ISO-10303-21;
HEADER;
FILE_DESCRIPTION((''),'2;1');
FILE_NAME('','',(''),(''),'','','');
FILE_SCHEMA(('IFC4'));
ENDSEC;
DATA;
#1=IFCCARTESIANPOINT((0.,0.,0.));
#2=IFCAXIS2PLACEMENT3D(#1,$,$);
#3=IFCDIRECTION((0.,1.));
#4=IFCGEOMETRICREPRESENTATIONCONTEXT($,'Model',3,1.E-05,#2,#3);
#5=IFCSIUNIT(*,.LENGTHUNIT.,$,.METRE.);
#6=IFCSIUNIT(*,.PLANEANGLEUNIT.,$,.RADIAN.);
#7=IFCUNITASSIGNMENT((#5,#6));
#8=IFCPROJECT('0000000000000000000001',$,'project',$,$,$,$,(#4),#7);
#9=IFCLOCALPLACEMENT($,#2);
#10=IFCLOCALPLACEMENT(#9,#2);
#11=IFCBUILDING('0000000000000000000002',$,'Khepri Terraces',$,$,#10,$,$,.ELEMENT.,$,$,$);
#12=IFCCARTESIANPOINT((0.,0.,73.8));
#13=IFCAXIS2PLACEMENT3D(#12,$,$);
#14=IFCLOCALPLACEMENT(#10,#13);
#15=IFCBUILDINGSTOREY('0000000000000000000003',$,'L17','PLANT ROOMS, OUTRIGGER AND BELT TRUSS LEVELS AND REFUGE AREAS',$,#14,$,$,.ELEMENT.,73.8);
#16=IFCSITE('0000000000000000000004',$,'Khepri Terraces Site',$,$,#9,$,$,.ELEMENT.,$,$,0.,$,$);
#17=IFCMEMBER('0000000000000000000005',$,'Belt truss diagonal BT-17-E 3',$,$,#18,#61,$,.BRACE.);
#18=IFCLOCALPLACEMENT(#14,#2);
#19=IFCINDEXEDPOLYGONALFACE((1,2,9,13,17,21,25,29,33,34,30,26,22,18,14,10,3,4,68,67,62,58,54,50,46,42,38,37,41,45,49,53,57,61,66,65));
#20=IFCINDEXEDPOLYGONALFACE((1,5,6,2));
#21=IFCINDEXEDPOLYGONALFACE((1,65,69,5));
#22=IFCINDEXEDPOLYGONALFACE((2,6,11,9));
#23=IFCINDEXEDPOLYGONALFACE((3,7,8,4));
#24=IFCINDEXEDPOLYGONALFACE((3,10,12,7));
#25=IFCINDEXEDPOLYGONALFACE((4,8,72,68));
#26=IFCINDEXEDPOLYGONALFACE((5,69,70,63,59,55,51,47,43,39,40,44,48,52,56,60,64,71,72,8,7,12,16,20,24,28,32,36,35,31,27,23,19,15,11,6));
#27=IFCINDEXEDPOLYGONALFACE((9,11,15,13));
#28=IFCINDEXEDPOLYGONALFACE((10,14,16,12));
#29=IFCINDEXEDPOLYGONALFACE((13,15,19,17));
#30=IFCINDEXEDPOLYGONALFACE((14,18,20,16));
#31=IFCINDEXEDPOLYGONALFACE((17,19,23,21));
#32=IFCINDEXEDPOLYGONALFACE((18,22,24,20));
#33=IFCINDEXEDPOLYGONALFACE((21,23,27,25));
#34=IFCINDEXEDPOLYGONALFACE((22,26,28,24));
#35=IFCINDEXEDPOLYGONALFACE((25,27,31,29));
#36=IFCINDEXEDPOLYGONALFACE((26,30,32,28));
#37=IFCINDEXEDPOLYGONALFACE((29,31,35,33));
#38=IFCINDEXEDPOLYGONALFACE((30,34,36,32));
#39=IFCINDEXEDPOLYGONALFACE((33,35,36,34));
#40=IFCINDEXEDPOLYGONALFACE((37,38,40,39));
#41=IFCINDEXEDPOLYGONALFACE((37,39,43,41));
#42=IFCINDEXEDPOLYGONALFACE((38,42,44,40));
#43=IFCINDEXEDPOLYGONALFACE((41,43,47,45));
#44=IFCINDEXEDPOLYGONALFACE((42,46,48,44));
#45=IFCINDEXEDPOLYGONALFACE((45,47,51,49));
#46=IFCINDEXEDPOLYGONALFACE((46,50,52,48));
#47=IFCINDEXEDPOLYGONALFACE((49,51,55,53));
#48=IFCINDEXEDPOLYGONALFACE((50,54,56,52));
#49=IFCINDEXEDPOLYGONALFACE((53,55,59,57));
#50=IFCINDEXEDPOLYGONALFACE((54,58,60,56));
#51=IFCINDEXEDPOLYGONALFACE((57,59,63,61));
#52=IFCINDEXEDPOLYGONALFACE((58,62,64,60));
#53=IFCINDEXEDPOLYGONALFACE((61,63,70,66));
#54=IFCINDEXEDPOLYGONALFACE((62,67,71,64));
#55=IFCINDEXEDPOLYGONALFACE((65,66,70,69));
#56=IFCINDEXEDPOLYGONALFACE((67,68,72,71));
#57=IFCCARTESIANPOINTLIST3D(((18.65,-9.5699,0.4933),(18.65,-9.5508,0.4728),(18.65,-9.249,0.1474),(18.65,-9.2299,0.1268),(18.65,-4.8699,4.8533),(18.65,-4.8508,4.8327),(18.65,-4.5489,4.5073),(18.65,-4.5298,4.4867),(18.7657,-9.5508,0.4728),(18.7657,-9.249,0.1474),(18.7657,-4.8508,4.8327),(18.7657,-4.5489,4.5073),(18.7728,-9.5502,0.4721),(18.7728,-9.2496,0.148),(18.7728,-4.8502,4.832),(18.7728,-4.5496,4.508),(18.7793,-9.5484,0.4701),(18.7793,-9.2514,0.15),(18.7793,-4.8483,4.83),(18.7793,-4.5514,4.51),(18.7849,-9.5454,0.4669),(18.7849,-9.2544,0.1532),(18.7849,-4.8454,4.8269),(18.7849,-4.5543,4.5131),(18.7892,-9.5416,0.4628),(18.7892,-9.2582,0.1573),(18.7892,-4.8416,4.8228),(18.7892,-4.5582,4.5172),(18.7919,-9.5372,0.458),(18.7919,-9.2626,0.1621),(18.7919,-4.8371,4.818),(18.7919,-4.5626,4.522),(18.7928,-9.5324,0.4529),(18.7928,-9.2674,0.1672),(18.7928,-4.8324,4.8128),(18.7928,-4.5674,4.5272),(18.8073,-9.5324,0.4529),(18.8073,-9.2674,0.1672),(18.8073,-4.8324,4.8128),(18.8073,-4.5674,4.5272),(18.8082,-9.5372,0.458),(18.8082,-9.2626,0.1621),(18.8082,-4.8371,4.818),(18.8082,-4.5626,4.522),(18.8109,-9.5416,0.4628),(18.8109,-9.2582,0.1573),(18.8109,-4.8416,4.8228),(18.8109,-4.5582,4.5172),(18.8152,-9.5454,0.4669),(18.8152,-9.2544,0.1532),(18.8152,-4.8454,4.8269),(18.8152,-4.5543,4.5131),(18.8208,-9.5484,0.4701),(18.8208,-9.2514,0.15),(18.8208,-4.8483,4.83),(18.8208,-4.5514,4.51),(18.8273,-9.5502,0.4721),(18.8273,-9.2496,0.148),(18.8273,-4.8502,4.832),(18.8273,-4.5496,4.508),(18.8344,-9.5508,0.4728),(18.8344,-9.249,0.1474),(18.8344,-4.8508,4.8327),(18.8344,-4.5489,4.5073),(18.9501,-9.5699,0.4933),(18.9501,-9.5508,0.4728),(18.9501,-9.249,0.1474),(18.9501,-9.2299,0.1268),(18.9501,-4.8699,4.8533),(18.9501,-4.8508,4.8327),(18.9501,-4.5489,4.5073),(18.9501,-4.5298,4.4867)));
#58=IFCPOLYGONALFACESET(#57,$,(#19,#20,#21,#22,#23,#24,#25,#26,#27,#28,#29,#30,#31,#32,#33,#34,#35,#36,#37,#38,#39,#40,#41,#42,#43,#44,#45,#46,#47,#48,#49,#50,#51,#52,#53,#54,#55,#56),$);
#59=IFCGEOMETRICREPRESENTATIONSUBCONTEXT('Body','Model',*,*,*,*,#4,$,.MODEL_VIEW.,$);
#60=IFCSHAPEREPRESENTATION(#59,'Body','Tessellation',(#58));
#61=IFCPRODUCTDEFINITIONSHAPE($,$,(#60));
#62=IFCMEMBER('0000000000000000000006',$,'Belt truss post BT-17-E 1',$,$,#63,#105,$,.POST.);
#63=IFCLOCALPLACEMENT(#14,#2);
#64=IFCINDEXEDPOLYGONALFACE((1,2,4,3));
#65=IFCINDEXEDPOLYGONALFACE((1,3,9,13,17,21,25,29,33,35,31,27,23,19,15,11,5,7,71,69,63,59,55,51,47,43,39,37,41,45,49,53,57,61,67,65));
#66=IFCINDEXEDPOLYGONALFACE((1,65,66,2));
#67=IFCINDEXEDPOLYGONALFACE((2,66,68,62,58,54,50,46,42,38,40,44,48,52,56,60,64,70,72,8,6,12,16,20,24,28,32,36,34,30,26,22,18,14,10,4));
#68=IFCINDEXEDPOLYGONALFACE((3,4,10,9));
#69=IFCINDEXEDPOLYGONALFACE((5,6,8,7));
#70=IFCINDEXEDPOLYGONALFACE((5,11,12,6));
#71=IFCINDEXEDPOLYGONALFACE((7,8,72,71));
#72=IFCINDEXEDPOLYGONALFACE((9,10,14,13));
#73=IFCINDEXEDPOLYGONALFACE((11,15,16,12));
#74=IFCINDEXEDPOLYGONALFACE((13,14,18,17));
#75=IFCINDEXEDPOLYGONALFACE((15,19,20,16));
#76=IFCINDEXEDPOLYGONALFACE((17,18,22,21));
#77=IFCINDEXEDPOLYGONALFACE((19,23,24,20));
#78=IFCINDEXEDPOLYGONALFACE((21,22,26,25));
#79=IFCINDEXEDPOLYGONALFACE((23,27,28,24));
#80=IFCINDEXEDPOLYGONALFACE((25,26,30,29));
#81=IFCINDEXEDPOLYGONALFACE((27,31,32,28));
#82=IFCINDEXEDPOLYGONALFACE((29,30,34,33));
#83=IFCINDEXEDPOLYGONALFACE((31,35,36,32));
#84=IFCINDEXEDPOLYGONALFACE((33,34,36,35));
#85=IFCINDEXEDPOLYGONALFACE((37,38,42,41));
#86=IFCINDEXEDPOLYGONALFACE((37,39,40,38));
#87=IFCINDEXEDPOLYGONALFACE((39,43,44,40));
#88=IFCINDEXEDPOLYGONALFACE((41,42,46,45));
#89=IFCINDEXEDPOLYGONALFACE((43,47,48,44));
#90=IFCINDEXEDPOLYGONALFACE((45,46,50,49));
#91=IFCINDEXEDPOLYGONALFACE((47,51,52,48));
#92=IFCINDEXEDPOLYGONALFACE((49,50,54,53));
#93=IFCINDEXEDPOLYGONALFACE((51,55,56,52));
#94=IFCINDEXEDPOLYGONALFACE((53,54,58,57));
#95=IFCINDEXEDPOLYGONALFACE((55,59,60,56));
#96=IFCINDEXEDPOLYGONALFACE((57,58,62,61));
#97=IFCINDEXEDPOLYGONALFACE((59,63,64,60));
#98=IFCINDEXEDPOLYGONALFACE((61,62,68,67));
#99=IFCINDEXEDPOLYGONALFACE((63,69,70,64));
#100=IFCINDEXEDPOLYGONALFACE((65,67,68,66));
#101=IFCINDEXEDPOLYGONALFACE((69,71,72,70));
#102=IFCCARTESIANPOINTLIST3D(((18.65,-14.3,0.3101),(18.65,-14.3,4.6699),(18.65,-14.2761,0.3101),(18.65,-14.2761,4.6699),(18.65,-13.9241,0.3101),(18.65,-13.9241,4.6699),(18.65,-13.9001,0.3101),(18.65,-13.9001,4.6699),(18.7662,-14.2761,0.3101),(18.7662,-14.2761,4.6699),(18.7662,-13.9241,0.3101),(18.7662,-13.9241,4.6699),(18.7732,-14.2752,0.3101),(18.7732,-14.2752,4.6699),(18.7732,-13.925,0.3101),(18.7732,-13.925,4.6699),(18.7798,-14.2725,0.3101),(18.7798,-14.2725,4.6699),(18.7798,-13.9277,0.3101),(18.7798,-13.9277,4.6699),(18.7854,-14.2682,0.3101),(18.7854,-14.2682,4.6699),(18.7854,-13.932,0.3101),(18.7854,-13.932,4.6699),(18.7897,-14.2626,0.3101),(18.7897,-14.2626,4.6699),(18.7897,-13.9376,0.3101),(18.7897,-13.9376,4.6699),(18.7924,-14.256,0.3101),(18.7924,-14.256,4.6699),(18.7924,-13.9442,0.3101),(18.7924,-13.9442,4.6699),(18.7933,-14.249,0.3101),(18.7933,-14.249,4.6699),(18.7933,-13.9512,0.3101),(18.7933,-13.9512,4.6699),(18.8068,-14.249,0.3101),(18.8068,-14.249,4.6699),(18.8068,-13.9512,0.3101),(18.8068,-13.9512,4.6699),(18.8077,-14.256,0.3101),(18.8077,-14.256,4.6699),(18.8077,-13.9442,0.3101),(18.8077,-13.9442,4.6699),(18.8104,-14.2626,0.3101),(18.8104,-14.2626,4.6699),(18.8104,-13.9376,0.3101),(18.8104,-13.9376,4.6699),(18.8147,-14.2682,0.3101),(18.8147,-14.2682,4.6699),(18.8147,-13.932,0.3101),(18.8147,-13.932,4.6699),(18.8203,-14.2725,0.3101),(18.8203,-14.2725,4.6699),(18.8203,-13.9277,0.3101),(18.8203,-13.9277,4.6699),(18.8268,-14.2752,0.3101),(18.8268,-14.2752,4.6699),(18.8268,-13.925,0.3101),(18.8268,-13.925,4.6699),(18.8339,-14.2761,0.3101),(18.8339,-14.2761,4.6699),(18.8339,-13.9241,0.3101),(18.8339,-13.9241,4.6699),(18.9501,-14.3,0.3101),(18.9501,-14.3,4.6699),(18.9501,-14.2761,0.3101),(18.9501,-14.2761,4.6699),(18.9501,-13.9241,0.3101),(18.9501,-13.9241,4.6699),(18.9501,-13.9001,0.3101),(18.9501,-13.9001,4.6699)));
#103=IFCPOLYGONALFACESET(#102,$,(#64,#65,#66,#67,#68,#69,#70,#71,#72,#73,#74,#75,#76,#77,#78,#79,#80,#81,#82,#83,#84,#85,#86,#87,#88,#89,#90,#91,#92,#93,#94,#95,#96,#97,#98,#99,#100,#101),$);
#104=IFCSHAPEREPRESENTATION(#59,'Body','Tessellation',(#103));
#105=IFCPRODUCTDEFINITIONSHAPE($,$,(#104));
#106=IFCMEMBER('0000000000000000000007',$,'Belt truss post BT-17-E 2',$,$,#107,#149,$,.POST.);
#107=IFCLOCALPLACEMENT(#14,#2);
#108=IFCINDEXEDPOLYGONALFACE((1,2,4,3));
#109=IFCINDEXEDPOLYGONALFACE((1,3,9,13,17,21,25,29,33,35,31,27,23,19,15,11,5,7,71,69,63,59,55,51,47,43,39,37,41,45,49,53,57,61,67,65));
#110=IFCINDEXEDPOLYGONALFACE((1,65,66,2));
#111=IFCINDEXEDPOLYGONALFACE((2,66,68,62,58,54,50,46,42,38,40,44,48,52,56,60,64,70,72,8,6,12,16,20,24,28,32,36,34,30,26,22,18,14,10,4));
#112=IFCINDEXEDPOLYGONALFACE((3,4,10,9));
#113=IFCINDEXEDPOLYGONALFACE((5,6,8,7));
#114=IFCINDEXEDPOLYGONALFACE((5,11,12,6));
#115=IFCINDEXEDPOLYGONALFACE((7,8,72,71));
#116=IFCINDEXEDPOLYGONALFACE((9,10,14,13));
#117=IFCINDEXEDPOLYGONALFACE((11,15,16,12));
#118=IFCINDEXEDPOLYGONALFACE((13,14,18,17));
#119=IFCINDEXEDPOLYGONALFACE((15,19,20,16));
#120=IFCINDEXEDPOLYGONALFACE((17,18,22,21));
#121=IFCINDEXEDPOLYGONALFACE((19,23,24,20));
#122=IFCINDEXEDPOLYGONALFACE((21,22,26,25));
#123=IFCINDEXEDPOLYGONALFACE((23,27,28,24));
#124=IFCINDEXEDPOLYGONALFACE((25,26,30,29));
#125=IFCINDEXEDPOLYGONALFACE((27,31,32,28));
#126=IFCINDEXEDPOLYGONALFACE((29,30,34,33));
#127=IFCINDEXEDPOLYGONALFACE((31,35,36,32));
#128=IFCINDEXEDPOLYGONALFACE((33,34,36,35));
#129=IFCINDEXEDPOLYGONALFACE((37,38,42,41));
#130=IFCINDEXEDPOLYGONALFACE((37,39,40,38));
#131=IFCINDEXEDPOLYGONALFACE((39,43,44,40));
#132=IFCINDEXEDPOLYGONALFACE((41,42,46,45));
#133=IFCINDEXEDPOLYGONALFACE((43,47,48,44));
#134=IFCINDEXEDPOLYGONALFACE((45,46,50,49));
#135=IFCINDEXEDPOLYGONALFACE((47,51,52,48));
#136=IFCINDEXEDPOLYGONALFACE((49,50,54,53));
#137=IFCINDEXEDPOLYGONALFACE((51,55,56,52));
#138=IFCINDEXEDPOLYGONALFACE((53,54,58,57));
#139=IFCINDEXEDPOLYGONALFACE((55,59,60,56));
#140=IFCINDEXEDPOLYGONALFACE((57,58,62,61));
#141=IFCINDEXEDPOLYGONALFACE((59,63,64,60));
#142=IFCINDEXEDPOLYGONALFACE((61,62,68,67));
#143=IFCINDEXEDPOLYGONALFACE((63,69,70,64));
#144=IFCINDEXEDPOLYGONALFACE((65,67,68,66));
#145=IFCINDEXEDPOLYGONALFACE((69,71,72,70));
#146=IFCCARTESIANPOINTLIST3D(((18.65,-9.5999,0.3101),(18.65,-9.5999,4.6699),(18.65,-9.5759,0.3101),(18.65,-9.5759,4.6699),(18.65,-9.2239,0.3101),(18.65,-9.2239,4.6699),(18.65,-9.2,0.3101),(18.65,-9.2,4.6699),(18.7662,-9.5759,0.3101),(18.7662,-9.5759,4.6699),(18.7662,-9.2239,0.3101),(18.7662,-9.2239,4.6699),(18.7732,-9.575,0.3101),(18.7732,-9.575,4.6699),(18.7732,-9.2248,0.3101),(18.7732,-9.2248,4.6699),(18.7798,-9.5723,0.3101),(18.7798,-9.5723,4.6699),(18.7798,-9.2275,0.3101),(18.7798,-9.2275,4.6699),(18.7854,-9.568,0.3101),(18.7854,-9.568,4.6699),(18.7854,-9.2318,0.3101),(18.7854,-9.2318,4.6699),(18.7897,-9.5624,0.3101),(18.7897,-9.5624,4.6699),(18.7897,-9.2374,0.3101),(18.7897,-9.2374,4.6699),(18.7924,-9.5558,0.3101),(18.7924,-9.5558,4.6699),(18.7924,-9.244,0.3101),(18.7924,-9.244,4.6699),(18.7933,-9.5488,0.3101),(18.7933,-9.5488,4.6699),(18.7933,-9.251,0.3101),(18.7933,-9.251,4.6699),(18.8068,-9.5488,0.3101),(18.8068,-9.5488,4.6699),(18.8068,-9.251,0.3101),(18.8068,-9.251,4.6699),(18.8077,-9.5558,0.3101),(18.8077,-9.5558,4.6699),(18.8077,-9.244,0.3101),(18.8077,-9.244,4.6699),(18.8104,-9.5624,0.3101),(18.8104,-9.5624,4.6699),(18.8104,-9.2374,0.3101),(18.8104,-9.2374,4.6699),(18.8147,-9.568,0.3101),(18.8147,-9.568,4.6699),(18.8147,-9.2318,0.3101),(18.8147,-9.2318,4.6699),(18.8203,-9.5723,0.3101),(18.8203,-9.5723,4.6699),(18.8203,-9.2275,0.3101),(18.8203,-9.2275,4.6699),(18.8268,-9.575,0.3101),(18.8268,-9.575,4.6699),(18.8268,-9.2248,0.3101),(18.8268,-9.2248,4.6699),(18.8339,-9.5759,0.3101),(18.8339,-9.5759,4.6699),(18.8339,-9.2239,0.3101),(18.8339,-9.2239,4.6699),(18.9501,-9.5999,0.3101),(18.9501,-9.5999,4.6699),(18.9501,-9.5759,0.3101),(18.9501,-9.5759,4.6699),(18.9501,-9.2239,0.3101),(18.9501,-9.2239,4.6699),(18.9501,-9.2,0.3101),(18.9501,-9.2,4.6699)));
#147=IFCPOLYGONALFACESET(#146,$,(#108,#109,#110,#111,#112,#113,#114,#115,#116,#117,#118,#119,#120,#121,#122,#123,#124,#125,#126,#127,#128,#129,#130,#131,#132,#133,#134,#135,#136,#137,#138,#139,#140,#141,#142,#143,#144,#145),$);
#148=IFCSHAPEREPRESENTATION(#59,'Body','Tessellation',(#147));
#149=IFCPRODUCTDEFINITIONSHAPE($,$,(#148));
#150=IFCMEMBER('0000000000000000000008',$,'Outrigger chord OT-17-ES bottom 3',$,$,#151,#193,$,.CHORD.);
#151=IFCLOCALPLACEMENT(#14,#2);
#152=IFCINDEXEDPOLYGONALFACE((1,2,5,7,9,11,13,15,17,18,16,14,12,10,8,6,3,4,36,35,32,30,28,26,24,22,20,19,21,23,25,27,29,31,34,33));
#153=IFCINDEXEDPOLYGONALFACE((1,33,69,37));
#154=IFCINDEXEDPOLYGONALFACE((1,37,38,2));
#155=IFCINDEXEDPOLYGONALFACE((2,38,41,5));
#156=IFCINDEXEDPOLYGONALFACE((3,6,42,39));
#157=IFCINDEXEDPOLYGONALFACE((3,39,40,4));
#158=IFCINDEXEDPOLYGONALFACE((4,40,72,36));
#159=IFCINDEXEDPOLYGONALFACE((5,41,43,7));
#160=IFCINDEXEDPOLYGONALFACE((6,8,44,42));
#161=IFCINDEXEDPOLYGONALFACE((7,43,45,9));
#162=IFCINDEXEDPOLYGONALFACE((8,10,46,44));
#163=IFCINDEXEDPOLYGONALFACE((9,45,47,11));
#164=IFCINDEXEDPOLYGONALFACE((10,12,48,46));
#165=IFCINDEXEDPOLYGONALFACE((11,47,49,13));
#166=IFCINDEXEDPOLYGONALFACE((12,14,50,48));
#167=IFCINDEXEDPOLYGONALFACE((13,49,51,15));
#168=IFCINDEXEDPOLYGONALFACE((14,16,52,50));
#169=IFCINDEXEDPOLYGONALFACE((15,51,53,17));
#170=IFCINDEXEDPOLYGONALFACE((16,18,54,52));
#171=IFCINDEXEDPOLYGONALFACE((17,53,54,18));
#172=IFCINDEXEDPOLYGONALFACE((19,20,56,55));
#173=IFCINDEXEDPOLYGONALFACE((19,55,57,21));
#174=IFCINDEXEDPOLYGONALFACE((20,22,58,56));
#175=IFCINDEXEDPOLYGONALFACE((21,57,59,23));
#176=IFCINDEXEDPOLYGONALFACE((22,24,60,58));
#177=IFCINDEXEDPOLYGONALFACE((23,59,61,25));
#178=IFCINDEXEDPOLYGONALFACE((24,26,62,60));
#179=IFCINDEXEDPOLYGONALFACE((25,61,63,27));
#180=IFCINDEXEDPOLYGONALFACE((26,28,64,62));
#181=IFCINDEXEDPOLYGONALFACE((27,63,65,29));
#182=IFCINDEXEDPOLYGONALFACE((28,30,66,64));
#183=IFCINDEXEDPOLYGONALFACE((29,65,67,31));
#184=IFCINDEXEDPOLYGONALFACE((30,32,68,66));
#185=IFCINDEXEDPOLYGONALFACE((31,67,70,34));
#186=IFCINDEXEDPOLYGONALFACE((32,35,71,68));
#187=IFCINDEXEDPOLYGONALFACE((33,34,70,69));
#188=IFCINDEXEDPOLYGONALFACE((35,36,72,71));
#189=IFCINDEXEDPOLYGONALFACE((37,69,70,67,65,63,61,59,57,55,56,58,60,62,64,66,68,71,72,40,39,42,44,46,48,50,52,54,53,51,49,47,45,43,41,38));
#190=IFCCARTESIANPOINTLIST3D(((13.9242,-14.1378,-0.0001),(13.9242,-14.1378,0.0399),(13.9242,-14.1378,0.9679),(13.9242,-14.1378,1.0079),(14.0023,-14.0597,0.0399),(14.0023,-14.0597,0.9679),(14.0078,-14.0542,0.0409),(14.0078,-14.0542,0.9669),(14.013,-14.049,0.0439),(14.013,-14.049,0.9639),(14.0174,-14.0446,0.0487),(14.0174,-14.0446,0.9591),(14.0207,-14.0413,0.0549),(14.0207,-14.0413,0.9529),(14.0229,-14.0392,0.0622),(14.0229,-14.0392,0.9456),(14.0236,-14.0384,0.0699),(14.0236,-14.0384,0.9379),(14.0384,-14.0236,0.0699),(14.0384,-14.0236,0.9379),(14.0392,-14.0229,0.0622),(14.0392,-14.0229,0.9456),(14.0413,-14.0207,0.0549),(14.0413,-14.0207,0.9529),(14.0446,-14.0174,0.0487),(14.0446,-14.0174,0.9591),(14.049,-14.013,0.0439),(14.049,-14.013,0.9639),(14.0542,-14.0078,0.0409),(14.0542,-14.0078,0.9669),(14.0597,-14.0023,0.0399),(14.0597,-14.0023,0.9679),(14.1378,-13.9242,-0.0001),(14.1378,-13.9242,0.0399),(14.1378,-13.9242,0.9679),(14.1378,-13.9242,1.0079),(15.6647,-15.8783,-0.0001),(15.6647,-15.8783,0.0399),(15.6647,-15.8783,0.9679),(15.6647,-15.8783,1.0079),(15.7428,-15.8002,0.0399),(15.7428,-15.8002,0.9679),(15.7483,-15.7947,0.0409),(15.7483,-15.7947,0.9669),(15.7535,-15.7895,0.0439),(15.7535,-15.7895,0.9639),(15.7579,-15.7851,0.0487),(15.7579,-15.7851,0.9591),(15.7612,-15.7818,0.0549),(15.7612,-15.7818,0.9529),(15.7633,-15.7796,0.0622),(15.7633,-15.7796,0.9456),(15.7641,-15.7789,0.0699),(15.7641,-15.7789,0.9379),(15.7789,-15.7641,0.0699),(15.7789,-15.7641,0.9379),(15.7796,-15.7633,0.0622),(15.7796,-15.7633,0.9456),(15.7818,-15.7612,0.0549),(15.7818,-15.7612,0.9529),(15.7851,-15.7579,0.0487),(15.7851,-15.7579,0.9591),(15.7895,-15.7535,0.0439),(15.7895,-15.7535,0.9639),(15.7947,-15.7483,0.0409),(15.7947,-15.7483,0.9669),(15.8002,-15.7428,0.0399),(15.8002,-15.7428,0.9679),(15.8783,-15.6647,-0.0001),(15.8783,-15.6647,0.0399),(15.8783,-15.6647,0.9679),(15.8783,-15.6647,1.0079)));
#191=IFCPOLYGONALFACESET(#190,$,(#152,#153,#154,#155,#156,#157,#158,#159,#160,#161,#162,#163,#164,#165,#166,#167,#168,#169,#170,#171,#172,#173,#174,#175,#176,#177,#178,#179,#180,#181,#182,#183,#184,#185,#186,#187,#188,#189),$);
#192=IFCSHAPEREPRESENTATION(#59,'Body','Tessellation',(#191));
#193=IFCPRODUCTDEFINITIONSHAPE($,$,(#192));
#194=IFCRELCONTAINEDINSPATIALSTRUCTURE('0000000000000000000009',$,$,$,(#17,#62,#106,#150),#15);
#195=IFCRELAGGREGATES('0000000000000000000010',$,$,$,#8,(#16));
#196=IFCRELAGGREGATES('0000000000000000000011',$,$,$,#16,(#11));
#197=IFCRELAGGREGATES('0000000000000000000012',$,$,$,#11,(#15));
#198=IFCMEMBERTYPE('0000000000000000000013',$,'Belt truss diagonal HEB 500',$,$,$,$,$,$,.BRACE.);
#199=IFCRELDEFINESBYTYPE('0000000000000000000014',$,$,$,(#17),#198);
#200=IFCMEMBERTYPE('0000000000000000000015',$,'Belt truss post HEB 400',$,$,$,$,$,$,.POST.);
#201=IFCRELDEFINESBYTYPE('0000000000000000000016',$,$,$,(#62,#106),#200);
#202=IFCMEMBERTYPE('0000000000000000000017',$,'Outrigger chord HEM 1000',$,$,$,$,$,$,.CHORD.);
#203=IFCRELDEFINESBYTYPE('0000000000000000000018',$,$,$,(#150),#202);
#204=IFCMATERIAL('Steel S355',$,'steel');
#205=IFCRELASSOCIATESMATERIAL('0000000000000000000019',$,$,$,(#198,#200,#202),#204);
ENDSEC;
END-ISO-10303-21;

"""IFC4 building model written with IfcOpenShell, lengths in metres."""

from ifc_helpers import new_model, si_unit, direction, frame, origin, origin_2d, place, context, subcontext, project, spatial, i_section, extrude, material, material_profile, profile_set, type_object, element, save


model = new_model("IFC4")

# Units and contexts
model_context = context("Model", 3, precision=1e-05, world=origin(), true_north=direction((0.0, 1.0)))
body_context = subcontext(model_context, "Body", "Model", "MODEL_VIEW")
ifc_project = project(units=[si_unit("LENGTHUNIT", "METRE"), si_unit("PLANEANGLEUNIT", "RADIAN")], contexts=[model_context])

# Site, building, storey
site_placement = place(None, origin())
site = spatial("IfcSite", under=ifc_project, at=site_placement, Name="Khepri Terraces Site", CompositionType="ELEMENT", RefElevation=0.0)
building_placement = place(site_placement, origin())
building = spatial("IfcBuilding", under=site, at=building_placement, Name="Khepri Terraces", CompositionType="ELEMENT")
storey_placement = place(building_placement, frame((0.0, 0.0, 73.8)))
storey = spatial("IfcBuildingStorey", under=building, at=storey_placement, Name="L17", Description="PLANT ROOMS, OUTRIGGER AND BELT TRUSS LEVELS AND REFUGE AREAS", CompositionType="ELEMENT", Elevation=73.8)

# Members
ifc_material_1 = material(Name="Steel S355", Category="steel")
ifc_material_profile_1 = material_profile(ifc_material_1, i_section(OverallWidth=0.3, OverallDepth=0.5, WebThickness=0.0144, FlangeThickness=0.0281, FilletRadius=0.0271, at=origin_2d()), Name="Steel S355", Category="steel")
ifc_profile_set_1 = profile_set([ifc_material_profile_1], Name="Steel S355")
member_type_1 = type_object("IfcMemberType", Name="Belt truss diagonal HEB 500", PredefinedType="BRACE", material=ifc_profile_set_1)
for number, where, z_axis, x_axis, name in (
    (1, (18.8, -9.3999, 0.3101), (0.0, 0.733134, 0.680084), (-1.0, 0.0, 0.0), "Belt truss diagonal BT-17-E 3"),
):
    element("IfcMember", number, at=place(storey_placement, frame(where, z_axis=z_axis, x_axis=x_axis)), inside=storey, type_object=member_type_1, Name=name, PredefinedType="BRACE", context=body_context, shape_type="SweptSolid", body=[
        extrude(i_section(OverallWidth=0.3, OverallDepth=0.5, WebThickness=0.0144, FlangeThickness=0.0281, FilletRadius=0.0271, at=origin_2d()), origin(), (0.0, 0.0, 1.0), 6.4109),
    ])
ifc_material_profile_2 = material_profile(ifc_material_1, i_section(OverallWidth=0.3, OverallDepth=0.3999, WebThickness=0.0134, FlangeThickness=0.0239, FilletRadius=0.0271, at=origin_2d()), Name="Steel S355", Category="steel")
ifc_profile_set_2 = profile_set([ifc_material_profile_2], Name="Steel S355")
member_type_2 = type_object("IfcMemberType", Name="Belt truss post HEB 400", PredefinedType="POST", material=ifc_profile_set_2)
for number, where, z_axis, x_axis, name in (
    (2, (18.8, -14.1001, 0.3101), (0.0, 0.0, 1.0), (1.0, 0.0, 0.0), "Belt truss post BT-17-E 1"),
    (3, (18.8, -9.3999, 0.3101), (0.0, 0.0, 1.0), (1.0, 0.0, 0.0), "Belt truss post BT-17-E 2"),
):
    element("IfcMember", number, at=place(storey_placement, frame(where, z_axis=z_axis, x_axis=x_axis)), inside=storey, type_object=member_type_2, Name=name, PredefinedType="POST", context=body_context, shape_type="SweptSolid", body=[
        extrude(i_section(OverallWidth=0.3, OverallDepth=0.3999, WebThickness=0.0134, FlangeThickness=0.0239, FilletRadius=0.0271, at=origin_2d()), origin(), (0.0, 0.0, 1.0), 4.3599),
    ])
ifc_material_profile_3 = material_profile(ifc_material_1, i_section(OverallWidth=0.302, OverallDepth=1.0081, WebThickness=0.021, FlangeThickness=0.04, FilletRadius=0.03, at=origin_2d()), Name="Steel S355", Category="steel")
ifc_profile_set_3 = profile_set([ifc_material_profile_3], Name="Steel S355")
member_type_3 = type_object("IfcMemberType", Name="Outrigger chord HEM 1000", PredefinedType="CHORD", material=ifc_profile_set_3)
for number, where, z_axis, x_axis, name in (
    (4, (14.031, -14.031, 0.5039), (0.707107, -0.707107, 0.0), (0.707107, 0.707107, 0.0), "Outrigger chord OT-17-ES bottom 3"),
):
    element("IfcMember", number, at=place(storey_placement, frame(where, z_axis=z_axis, x_axis=x_axis)), inside=storey, type_object=member_type_3, Name=name, PredefinedType="CHORD", context=body_context, shape_type="SweptSolid", body=[
        extrude(i_section(OverallWidth=0.302, OverallDepth=1.0081, WebThickness=0.021, FlangeThickness=0.04, FilletRadius=0.03, at=origin_2d()), origin(), (0.0, 0.0, 1.0), 2.4614),
    ])

save(model, "model.ifc")
